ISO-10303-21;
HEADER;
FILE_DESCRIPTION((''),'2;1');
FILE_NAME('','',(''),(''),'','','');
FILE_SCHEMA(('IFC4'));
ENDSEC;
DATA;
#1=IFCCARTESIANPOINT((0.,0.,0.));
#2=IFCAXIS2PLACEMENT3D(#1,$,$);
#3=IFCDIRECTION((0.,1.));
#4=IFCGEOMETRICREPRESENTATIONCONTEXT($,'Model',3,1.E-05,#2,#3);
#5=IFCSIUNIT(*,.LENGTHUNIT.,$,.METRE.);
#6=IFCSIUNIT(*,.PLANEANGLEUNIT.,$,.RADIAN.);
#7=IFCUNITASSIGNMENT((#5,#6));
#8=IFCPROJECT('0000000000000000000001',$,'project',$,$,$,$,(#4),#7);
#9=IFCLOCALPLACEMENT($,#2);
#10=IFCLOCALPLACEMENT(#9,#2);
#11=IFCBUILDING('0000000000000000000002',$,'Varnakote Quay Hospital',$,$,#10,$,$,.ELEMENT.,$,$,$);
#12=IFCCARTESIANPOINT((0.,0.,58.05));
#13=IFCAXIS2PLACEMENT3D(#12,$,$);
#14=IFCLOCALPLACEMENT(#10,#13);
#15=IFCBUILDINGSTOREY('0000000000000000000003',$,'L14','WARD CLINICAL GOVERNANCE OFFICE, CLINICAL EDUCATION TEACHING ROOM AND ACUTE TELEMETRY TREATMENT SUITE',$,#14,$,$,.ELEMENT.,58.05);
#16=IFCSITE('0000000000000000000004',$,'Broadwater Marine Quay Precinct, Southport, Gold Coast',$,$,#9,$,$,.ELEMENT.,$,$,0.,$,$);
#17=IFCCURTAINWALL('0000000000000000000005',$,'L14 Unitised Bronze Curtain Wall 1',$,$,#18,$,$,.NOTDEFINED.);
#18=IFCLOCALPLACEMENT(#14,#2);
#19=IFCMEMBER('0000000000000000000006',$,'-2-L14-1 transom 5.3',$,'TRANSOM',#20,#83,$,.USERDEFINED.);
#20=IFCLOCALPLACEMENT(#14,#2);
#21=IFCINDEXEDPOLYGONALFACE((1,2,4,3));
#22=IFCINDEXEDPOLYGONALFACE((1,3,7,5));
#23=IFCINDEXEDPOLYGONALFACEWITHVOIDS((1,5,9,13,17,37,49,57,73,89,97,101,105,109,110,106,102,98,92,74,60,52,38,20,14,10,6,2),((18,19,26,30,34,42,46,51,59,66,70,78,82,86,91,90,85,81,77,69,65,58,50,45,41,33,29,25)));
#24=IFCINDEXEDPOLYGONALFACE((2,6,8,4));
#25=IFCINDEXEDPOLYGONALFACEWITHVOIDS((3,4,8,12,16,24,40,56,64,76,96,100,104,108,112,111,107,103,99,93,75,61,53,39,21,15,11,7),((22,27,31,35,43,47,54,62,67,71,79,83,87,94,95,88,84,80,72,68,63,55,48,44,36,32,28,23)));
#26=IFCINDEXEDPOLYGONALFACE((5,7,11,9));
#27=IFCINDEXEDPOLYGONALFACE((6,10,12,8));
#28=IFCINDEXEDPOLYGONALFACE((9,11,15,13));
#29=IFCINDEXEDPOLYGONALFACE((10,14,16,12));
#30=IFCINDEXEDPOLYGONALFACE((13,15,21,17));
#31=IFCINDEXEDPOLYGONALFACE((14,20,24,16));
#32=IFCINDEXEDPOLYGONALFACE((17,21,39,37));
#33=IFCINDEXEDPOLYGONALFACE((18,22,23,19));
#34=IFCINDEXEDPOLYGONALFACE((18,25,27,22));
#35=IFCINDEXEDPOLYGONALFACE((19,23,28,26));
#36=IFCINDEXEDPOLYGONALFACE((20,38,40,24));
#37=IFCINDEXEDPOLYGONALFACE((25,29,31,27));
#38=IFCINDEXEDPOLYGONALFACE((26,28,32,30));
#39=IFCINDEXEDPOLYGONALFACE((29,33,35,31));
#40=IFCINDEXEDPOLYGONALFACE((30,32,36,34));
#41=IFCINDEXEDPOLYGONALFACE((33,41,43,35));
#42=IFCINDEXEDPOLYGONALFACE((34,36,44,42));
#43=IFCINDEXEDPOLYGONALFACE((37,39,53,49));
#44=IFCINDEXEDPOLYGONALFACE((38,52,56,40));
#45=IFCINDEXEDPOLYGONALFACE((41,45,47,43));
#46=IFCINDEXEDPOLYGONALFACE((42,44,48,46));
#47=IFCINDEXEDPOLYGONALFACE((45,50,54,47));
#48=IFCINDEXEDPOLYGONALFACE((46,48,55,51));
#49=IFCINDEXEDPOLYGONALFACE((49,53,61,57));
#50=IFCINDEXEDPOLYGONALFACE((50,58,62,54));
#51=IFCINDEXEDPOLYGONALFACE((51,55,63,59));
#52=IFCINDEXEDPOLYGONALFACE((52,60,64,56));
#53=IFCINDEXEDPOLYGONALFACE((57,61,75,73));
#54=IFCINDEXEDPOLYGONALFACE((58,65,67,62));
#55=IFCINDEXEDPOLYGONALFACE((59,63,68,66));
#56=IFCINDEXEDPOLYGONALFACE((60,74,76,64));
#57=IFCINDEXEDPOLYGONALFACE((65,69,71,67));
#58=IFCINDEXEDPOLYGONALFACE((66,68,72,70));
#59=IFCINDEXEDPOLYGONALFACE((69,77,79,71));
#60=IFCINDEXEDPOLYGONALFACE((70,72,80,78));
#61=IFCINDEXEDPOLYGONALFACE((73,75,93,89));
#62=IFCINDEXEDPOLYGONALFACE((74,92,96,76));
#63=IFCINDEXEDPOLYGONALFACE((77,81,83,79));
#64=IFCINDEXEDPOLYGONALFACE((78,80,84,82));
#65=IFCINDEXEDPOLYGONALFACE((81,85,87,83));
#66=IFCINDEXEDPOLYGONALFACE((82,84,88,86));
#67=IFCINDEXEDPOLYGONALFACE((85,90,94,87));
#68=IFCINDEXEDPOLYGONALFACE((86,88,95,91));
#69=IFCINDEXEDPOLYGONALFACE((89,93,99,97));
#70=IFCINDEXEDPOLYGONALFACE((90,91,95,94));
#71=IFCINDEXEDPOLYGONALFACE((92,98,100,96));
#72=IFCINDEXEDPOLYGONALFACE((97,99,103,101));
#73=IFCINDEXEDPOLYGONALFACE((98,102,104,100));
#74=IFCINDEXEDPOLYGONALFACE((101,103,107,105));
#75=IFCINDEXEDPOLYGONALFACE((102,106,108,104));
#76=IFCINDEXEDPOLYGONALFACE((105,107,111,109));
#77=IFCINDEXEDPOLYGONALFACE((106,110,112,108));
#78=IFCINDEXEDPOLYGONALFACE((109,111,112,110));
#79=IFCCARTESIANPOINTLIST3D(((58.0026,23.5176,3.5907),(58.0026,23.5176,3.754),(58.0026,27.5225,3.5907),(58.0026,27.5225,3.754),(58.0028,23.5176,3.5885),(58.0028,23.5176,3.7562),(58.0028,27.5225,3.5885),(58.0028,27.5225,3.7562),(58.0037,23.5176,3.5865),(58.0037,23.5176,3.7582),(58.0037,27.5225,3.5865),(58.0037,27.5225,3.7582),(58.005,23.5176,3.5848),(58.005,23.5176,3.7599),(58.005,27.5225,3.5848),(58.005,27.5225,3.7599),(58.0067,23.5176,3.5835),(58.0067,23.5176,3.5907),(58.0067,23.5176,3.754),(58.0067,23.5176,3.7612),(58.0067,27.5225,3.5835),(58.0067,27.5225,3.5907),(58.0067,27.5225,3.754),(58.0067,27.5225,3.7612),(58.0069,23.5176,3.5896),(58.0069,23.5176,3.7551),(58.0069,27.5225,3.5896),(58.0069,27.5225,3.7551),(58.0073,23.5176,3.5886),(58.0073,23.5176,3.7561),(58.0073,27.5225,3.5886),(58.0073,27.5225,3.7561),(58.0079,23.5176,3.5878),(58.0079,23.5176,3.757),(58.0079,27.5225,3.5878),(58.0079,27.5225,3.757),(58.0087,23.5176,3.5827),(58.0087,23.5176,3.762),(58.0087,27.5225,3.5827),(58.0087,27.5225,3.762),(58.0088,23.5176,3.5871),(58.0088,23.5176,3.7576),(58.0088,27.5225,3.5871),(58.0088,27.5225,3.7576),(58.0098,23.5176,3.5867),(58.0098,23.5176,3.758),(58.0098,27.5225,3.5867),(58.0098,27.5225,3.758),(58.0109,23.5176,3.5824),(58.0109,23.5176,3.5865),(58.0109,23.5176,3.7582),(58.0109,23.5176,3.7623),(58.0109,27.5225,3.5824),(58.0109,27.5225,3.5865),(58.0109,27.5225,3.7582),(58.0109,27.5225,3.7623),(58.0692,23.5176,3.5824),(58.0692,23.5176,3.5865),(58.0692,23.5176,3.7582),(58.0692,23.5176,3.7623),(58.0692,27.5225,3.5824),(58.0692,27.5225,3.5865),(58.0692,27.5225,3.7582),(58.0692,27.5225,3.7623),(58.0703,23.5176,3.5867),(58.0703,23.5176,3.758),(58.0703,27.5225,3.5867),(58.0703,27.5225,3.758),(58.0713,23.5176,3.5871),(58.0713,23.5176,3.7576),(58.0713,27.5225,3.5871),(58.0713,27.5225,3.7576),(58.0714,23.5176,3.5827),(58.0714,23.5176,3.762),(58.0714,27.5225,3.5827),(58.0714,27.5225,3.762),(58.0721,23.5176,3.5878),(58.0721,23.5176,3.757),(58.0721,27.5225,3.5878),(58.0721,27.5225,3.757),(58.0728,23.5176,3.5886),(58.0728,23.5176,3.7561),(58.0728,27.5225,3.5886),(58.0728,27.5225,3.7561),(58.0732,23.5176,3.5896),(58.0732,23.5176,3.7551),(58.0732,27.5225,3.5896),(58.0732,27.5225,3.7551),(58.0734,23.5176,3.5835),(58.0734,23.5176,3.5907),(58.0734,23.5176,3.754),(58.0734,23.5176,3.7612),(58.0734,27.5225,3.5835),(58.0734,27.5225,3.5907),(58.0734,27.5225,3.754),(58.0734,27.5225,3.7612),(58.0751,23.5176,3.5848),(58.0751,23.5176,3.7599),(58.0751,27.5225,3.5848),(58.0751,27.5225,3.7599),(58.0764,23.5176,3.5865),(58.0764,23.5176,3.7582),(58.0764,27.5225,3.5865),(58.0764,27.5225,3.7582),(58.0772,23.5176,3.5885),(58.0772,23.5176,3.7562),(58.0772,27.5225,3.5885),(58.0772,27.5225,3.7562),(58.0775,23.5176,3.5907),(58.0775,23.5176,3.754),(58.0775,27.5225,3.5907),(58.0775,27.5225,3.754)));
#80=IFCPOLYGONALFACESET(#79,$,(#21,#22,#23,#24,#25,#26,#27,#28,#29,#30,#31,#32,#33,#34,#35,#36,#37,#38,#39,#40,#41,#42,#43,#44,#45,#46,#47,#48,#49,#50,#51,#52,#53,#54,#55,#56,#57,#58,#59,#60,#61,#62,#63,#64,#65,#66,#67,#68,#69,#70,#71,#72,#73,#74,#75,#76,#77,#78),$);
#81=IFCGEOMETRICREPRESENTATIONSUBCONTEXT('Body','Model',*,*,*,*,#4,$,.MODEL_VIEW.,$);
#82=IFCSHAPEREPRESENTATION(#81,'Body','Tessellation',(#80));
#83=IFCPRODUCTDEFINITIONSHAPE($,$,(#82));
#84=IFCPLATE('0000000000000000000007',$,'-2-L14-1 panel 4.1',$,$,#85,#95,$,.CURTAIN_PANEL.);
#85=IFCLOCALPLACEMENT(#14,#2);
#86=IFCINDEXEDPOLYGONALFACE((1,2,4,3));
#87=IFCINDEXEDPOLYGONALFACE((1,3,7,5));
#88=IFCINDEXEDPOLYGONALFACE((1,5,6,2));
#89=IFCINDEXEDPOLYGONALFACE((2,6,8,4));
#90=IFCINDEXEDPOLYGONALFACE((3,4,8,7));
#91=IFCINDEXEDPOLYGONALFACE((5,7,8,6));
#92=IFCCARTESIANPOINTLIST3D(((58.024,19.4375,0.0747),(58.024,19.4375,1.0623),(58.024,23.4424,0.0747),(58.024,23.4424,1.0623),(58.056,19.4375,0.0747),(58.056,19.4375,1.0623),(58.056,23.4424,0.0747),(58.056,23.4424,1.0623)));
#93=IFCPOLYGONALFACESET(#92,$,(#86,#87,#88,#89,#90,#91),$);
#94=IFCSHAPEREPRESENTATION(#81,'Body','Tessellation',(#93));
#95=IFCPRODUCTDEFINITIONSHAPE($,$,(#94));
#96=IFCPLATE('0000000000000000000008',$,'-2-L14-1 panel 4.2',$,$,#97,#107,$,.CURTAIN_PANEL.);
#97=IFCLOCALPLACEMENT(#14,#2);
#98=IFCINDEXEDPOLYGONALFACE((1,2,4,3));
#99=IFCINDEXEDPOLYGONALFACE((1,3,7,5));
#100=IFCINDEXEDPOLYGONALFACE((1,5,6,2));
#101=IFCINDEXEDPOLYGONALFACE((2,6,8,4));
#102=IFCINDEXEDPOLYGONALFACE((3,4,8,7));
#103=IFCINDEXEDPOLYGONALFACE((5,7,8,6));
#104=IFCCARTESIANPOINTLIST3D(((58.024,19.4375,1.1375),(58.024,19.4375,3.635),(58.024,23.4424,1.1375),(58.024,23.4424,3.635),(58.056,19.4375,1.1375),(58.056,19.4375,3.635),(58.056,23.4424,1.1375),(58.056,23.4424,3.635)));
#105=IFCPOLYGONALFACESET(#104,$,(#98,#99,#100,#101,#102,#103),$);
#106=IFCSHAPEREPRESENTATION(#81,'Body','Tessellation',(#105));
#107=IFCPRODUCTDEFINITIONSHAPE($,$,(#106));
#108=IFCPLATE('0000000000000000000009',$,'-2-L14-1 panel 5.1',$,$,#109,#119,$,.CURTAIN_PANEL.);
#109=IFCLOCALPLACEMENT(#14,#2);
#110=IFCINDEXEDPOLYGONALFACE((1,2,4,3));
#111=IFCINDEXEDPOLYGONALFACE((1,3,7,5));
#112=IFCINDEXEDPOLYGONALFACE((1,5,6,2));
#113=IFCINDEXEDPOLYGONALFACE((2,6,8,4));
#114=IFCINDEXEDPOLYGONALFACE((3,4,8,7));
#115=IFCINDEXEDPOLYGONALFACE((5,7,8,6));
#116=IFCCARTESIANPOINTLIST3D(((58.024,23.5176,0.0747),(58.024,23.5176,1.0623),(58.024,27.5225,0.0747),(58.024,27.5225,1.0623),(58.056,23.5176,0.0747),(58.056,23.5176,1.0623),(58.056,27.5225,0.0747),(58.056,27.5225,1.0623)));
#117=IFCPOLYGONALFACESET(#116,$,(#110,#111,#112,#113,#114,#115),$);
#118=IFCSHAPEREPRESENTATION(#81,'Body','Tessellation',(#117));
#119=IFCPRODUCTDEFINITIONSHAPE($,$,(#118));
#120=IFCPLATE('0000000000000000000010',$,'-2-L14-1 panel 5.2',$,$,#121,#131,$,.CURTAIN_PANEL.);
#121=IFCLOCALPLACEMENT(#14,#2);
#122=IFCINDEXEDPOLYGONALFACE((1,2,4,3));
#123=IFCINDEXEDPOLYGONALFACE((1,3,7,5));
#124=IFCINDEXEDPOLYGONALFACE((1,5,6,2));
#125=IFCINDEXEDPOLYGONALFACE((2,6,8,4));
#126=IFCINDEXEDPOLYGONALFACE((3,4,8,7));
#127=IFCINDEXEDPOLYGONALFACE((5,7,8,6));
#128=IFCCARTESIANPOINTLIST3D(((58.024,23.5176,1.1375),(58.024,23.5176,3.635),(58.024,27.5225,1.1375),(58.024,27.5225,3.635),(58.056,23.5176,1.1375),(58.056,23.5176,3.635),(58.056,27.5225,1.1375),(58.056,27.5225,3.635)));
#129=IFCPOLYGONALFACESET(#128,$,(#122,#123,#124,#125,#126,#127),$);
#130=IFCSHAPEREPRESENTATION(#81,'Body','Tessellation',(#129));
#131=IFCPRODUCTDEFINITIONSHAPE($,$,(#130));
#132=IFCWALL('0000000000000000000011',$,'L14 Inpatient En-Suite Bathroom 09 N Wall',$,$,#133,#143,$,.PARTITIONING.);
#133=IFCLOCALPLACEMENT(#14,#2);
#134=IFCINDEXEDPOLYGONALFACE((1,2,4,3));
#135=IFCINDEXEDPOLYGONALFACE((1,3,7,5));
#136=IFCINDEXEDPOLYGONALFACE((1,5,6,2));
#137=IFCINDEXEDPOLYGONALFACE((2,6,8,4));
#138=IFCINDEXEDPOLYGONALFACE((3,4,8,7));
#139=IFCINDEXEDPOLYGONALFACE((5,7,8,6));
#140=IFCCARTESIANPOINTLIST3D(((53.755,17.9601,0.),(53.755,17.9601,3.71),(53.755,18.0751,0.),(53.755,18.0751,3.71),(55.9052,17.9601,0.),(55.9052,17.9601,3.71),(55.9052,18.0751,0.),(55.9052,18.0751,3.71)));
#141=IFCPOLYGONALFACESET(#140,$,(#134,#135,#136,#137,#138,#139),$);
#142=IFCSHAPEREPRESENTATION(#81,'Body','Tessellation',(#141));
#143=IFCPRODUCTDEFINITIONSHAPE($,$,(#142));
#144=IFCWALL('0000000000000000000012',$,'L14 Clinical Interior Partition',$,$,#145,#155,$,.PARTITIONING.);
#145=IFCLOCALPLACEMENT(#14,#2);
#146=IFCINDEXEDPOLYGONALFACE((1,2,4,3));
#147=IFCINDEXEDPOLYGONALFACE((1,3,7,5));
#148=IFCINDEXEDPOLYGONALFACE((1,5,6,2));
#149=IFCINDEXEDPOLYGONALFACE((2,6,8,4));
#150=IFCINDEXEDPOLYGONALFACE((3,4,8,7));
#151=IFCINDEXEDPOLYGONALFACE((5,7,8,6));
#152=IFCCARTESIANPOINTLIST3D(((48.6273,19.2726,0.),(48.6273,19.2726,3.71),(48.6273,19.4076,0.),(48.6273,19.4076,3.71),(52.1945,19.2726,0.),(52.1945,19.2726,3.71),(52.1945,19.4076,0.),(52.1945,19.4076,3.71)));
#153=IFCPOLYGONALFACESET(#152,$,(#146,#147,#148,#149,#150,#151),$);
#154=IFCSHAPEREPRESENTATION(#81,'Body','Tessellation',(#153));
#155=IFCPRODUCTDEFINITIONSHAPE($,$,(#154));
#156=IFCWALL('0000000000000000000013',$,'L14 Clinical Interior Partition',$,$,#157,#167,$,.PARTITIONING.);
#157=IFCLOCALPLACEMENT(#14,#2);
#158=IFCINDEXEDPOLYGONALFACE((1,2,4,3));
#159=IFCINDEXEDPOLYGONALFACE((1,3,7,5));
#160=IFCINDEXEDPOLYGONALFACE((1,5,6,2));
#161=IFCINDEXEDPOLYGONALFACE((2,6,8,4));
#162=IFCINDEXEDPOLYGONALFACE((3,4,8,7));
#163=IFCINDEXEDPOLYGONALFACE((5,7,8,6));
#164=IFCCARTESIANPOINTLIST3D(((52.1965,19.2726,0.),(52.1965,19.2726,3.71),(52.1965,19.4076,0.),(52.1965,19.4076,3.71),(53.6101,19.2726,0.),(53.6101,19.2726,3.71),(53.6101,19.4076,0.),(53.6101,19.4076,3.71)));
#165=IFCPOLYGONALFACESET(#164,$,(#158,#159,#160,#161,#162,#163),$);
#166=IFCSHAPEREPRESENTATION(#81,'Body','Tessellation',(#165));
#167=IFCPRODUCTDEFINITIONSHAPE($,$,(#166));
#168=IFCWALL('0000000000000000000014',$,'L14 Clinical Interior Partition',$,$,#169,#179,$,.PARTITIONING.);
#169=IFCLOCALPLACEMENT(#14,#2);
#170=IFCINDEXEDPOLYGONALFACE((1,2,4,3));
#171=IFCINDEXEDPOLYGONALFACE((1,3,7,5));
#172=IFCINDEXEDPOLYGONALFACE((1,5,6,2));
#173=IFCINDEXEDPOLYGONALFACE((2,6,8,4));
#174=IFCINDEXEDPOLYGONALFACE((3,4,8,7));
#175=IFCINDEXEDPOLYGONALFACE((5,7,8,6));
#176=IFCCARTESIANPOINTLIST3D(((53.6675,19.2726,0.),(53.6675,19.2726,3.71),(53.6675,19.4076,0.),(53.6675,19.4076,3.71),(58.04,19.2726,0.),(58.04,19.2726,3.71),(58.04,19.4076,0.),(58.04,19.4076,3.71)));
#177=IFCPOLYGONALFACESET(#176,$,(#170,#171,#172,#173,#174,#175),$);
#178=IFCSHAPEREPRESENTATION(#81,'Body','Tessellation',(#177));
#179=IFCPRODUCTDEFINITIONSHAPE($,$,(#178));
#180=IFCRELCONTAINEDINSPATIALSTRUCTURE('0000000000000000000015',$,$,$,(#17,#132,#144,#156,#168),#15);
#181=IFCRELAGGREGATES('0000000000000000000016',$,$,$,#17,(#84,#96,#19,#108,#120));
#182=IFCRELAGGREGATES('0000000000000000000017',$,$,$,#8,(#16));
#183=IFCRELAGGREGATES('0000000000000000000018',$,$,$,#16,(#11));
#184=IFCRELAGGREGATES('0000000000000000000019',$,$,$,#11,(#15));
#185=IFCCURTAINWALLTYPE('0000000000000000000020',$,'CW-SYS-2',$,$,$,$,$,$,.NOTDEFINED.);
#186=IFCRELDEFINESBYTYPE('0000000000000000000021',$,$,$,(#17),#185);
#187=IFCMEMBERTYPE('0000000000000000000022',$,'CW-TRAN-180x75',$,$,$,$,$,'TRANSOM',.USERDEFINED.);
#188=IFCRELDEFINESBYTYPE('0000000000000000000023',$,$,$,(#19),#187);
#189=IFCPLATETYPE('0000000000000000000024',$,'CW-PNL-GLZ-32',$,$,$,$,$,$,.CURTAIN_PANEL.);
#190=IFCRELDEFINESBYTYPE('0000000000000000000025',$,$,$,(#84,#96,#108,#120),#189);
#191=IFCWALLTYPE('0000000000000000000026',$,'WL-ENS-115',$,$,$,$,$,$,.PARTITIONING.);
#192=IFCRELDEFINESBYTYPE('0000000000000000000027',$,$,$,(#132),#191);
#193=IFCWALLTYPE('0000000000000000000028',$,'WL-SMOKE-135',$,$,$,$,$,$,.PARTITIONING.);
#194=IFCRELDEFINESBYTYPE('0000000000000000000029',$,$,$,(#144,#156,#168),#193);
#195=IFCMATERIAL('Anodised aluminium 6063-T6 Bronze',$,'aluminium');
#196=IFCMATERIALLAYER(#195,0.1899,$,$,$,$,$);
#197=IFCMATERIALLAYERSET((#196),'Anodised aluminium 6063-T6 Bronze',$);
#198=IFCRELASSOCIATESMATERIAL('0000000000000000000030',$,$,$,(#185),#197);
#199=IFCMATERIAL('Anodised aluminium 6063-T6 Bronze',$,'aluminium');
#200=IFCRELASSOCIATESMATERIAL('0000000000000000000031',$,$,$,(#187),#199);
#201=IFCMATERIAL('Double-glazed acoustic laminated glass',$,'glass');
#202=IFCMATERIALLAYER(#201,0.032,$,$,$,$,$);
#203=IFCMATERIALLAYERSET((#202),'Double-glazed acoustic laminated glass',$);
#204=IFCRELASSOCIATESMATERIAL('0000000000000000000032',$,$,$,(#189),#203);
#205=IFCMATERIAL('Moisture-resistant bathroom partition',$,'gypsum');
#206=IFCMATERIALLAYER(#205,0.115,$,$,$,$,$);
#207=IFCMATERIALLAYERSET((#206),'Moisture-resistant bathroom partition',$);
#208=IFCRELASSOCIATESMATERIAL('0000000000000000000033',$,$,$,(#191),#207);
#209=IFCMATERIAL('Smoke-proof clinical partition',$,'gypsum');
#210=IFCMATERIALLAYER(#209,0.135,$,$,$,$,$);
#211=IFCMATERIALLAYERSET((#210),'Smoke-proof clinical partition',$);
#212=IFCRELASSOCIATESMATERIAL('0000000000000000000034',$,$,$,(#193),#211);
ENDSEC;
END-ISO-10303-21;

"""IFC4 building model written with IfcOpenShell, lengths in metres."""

from ifc_helpers import new_model, si_unit, direction, frame, frame_2d, origin, origin_2d, place, context, subcontext, project, spatial, rectangle, hollow_rectangle, extrude, material, layer, layer_set, material_profile, profile_set, type_object, element, aggregate, save


model = new_model("IFC4")

# Units and contexts
model_context = context("Model", 3, precision=1e-05, world=origin(), true_north=direction((0.0, 1.0)))
body_context = subcontext(model_context, "Body", "Model", "MODEL_VIEW")
ifc_project = project(units=[si_unit("LENGTHUNIT", "METRE"), si_unit("PLANEANGLEUNIT", "RADIAN")], contexts=[model_context])

# Site, building, storey
site_placement = place(None, origin())
site = spatial("IfcSite", under=ifc_project, at=site_placement, Name="Broadwater Marine Quay Precinct, Southport, Gold Coast", CompositionType="ELEMENT", RefElevation=0.0)
building_placement = place(site_placement, origin())
building = spatial("IfcBuilding", under=site, at=building_placement, Name="Varnakote Quay Hospital", CompositionType="ELEMENT")
storey_placement = place(building_placement, frame((0.0, 0.0, 58.05)))
storey = spatial("IfcBuildingStorey", under=building, at=storey_placement, Name="L14", Description="WARD CLINICAL GOVERNANCE OFFICE, CLINICAL EDUCATION TEACHING ROOM AND ACUTE TELEMETRY TREATMENT SUITE", CompositionType="ELEMENT", Elevation=58.05)

# Curtain wall, member, plates
ifc_material_1 = material(Name="Anodised aluminium 6063-T6 Bronze", Category="aluminium")
ifc_layer_1 = layer(ifc_material_1, 0.1899)
ifc_layer_set_1 = layer_set([ifc_layer_1], Name="Anodised aluminium 6063-T6 Bronze")
curtain_wall_type = type_object("IfcCurtainWallType", Name="CW-SYS-2", PredefinedType="NOTDEFINED", material=ifc_layer_set_1)
curtain_wall_placement = place(storey_placement, origin())
curtain_wall = element("IfcCurtainWall", 1, at=curtain_wall_placement, inside=storey, type_object=curtain_wall_type, Name="L14 Unitised Bronze Curtain Wall 1", PredefinedType="NOTDEFINED")
ifc_material_2 = material(Name="Anodised aluminium 6063-T6 Bronze", Category="aluminium")
ifc_material_profile_1 = material_profile(ifc_material_2, hollow_rectangle(XDim=0.075, YDim=0.1799, WallThickness=0.0042, InnerFilletRadius=0.0042, OuterFilletRadius=0.0083, at=origin_2d()), Name="CW-TRAN-180x75")
ifc_profile_set_1 = profile_set([ifc_material_profile_1], Name="Anodised aluminium 6063-T6 Bronze")
member_type_1 = type_object("IfcMemberType", Name="CW-TRAN-180x75", ElementType="TRANSOM", PredefinedType="USERDEFINED", material=ifc_profile_set_1)
member_1_placement = place(storey_placement, frame((58.04, 23.5176, 3.6724), z_axis=(0.0, 1.0, 0.0), x_axis=(-1.0, 0.0, 0.0)))
member_1 = element("IfcMember", 2, at=member_1_placement, type_object=member_type_1, Name="-2-L14-1 transom 5.3", ObjectType="TRANSOM", PredefinedType="USERDEFINED", context=body_context, shape_type="SweptSolid", body=[
    extrude(hollow_rectangle(XDim=0.075, YDim=0.1799, WallThickness=0.0042, InnerFilletRadius=0.0042, OuterFilletRadius=0.0083, at=origin_2d()), origin(), (0.0, 0.0, 1.0), 4.0049),
])
ifc_material_3 = material(Name="Double-glazed acoustic laminated glass", Category="glass")
ifc_layer_2 = layer(ifc_material_3, 0.032)
ifc_layer_set_2 = layer_set([ifc_layer_2], Name="Double-glazed acoustic laminated glass")
plate_type = type_object("IfcPlateType", Name="CW-PNL-GLZ-32", PredefinedType="CURTAIN_PANEL", material=ifc_layer_set_2)
plate_1_placement = place(storey_placement, frame((58.04, 21.4399, 0.0747), z_axis=(0.0, 0.0, 1.0), x_axis=(0.0, 1.0, 0.0)))
plate_1 = element("IfcPlate", 3, at=plate_1_placement, type_object=plate_type, Name="-2-L14-1 panel 4.1", PredefinedType="CURTAIN_PANEL", context=body_context, shape_type="SweptSolid", body=[
    extrude(rectangle(XDim=4.0049, YDim=0.032, at=origin_2d()), origin(), (0.0, 0.0, 1.0), 0.9875),
])
plate_2_placement = place(storey_placement, frame((58.04, 21.4399, 1.1375), z_axis=(0.0, 0.0, 1.0), x_axis=(0.0, 1.0, 0.0)))
plate_2 = element("IfcPlate", 4, at=plate_2_placement, type_object=plate_type, Name="-2-L14-1 panel 4.2", PredefinedType="CURTAIN_PANEL", context=body_context, shape_type="SweptSolid", body=[
    extrude(rectangle(XDim=4.0049, YDim=0.032, at=origin_2d()), origin(), (0.0, 0.0, 1.0), 2.4976),
])
plate_3_placement = place(storey_placement, frame((58.04, 25.52, 0.0747), z_axis=(0.0, 0.0, 1.0), x_axis=(0.0, 1.0, 0.0)))
plate_3 = element("IfcPlate", 5, at=plate_3_placement, type_object=plate_type, Name="-2-L14-1 panel 5.1", PredefinedType="CURTAIN_PANEL", context=body_context, shape_type="SweptSolid", body=[
    extrude(rectangle(XDim=4.0049, YDim=0.032, at=origin_2d()), origin(), (0.0, 0.0, 1.0), 0.9875),
])
plate_4_placement = place(storey_placement, frame((58.04, 25.52, 1.1375), z_axis=(0.0, 0.0, 1.0), x_axis=(0.0, 1.0, 0.0)))
plate_4 = element("IfcPlate", 6, at=plate_4_placement, type_object=plate_type, Name="-2-L14-1 panel 5.2", PredefinedType="CURTAIN_PANEL", context=body_context, shape_type="SweptSolid", body=[
    extrude(rectangle(XDim=4.0049, YDim=0.032, at=origin_2d()), origin(), (0.0, 0.0, 1.0), 2.4976),
])
aggregate(curtain_wall, [plate_1, plate_2, member_1, plate_3, plate_4])

# Walls
ifc_material_4 = material(Name="Moisture-resistant bathroom partition", Category="gypsum")
ifc_layer_3 = layer(ifc_material_4, 0.115)
ifc_layer_set_3 = layer_set([ifc_layer_3], Name="Moisture-resistant bathroom partition")
wall_type_1 = type_object("IfcWallType", Name="WL-ENS-115", PredefinedType="PARTITIONING", material=ifc_layer_set_3)
wall_1_placement = place(storey_placement, frame((53.7549, 18.0176, 0.0), z_axis=(0.0, 0.0, 1.0), x_axis=(1.0, 0.0, 0.0)))
element("IfcWall", 7, at=wall_1_placement, inside=storey, type_object=wall_type_1, Name="L14 Inpatient En-Suite Bathroom 09 N Wall", PredefinedType="PARTITIONING", context=body_context, shape_type="SweptSolid", body=[
    extrude(rectangle(XDim=2.1501, YDim=0.115, at=frame_2d((1.0752, 0.0))), origin(), (0.0, 0.0, 1.0), 3.71),
])
ifc_material_5 = material(Name="Smoke-proof clinical partition", Category="gypsum")
ifc_layer_4 = layer(ifc_material_5, 0.135)
ifc_layer_set_4 = layer_set([ifc_layer_4], Name="Smoke-proof clinical partition")
wall_type_2 = type_object("IfcWallType", Name="WL-SMOKE-135", PredefinedType="PARTITIONING", material=ifc_layer_set_4)
wall_2_placement = place(storey_placement, frame((52.1946, 19.3401, 0.0), z_axis=(0.0, 0.0, 1.0), x_axis=(-1.0, 0.0, 0.0)))
element("IfcWall", 8, at=wall_2_placement, inside=storey, type_object=wall_type_2, Name="L14 Clinical Interior Partition", PredefinedType="PARTITIONING", context=body_context, shape_type="SweptSolid", body=[
    extrude(rectangle(XDim=3.5671, YDim=0.135, at=frame_2d((1.7837, 0.0))), origin(), (0.0, 0.0, 1.0), 3.71),
])
wall_3_placement = place(storey_placement, frame((53.6101, 19.3401, 0.0), z_axis=(0.0, 0.0, 1.0), x_axis=(-1.0, 0.0, 0.0)))
element("IfcWall", 9, at=wall_3_placement, inside=storey, type_object=wall_type_2, Name="L14 Clinical Interior Partition", PredefinedType="PARTITIONING", context=body_context, shape_type="SweptSolid", body=[
    extrude(rectangle(XDim=1.4136, YDim=0.135, at=frame_2d((0.7068, 0.0))), origin(), (0.0, 0.0, 1.0), 3.71),
])
wall_4_placement = place(storey_placement, frame((58.04, 19.3401, 0.0), z_axis=(0.0, 0.0, 1.0), x_axis=(-1.0, 0.0, 0.0)))
element("IfcWall", 10, at=wall_4_placement, inside=storey, type_object=wall_type_2, Name="L14 Clinical Interior Partition", PredefinedType="PARTITIONING", context=body_context, shape_type="SweptSolid", body=[
    extrude(rectangle(XDim=4.3726, YDim=0.135, at=frame_2d((2.1863, 0.0))), origin(), (0.0, 0.0, 1.0), 3.71),
])

save(model, "model.ifc")
